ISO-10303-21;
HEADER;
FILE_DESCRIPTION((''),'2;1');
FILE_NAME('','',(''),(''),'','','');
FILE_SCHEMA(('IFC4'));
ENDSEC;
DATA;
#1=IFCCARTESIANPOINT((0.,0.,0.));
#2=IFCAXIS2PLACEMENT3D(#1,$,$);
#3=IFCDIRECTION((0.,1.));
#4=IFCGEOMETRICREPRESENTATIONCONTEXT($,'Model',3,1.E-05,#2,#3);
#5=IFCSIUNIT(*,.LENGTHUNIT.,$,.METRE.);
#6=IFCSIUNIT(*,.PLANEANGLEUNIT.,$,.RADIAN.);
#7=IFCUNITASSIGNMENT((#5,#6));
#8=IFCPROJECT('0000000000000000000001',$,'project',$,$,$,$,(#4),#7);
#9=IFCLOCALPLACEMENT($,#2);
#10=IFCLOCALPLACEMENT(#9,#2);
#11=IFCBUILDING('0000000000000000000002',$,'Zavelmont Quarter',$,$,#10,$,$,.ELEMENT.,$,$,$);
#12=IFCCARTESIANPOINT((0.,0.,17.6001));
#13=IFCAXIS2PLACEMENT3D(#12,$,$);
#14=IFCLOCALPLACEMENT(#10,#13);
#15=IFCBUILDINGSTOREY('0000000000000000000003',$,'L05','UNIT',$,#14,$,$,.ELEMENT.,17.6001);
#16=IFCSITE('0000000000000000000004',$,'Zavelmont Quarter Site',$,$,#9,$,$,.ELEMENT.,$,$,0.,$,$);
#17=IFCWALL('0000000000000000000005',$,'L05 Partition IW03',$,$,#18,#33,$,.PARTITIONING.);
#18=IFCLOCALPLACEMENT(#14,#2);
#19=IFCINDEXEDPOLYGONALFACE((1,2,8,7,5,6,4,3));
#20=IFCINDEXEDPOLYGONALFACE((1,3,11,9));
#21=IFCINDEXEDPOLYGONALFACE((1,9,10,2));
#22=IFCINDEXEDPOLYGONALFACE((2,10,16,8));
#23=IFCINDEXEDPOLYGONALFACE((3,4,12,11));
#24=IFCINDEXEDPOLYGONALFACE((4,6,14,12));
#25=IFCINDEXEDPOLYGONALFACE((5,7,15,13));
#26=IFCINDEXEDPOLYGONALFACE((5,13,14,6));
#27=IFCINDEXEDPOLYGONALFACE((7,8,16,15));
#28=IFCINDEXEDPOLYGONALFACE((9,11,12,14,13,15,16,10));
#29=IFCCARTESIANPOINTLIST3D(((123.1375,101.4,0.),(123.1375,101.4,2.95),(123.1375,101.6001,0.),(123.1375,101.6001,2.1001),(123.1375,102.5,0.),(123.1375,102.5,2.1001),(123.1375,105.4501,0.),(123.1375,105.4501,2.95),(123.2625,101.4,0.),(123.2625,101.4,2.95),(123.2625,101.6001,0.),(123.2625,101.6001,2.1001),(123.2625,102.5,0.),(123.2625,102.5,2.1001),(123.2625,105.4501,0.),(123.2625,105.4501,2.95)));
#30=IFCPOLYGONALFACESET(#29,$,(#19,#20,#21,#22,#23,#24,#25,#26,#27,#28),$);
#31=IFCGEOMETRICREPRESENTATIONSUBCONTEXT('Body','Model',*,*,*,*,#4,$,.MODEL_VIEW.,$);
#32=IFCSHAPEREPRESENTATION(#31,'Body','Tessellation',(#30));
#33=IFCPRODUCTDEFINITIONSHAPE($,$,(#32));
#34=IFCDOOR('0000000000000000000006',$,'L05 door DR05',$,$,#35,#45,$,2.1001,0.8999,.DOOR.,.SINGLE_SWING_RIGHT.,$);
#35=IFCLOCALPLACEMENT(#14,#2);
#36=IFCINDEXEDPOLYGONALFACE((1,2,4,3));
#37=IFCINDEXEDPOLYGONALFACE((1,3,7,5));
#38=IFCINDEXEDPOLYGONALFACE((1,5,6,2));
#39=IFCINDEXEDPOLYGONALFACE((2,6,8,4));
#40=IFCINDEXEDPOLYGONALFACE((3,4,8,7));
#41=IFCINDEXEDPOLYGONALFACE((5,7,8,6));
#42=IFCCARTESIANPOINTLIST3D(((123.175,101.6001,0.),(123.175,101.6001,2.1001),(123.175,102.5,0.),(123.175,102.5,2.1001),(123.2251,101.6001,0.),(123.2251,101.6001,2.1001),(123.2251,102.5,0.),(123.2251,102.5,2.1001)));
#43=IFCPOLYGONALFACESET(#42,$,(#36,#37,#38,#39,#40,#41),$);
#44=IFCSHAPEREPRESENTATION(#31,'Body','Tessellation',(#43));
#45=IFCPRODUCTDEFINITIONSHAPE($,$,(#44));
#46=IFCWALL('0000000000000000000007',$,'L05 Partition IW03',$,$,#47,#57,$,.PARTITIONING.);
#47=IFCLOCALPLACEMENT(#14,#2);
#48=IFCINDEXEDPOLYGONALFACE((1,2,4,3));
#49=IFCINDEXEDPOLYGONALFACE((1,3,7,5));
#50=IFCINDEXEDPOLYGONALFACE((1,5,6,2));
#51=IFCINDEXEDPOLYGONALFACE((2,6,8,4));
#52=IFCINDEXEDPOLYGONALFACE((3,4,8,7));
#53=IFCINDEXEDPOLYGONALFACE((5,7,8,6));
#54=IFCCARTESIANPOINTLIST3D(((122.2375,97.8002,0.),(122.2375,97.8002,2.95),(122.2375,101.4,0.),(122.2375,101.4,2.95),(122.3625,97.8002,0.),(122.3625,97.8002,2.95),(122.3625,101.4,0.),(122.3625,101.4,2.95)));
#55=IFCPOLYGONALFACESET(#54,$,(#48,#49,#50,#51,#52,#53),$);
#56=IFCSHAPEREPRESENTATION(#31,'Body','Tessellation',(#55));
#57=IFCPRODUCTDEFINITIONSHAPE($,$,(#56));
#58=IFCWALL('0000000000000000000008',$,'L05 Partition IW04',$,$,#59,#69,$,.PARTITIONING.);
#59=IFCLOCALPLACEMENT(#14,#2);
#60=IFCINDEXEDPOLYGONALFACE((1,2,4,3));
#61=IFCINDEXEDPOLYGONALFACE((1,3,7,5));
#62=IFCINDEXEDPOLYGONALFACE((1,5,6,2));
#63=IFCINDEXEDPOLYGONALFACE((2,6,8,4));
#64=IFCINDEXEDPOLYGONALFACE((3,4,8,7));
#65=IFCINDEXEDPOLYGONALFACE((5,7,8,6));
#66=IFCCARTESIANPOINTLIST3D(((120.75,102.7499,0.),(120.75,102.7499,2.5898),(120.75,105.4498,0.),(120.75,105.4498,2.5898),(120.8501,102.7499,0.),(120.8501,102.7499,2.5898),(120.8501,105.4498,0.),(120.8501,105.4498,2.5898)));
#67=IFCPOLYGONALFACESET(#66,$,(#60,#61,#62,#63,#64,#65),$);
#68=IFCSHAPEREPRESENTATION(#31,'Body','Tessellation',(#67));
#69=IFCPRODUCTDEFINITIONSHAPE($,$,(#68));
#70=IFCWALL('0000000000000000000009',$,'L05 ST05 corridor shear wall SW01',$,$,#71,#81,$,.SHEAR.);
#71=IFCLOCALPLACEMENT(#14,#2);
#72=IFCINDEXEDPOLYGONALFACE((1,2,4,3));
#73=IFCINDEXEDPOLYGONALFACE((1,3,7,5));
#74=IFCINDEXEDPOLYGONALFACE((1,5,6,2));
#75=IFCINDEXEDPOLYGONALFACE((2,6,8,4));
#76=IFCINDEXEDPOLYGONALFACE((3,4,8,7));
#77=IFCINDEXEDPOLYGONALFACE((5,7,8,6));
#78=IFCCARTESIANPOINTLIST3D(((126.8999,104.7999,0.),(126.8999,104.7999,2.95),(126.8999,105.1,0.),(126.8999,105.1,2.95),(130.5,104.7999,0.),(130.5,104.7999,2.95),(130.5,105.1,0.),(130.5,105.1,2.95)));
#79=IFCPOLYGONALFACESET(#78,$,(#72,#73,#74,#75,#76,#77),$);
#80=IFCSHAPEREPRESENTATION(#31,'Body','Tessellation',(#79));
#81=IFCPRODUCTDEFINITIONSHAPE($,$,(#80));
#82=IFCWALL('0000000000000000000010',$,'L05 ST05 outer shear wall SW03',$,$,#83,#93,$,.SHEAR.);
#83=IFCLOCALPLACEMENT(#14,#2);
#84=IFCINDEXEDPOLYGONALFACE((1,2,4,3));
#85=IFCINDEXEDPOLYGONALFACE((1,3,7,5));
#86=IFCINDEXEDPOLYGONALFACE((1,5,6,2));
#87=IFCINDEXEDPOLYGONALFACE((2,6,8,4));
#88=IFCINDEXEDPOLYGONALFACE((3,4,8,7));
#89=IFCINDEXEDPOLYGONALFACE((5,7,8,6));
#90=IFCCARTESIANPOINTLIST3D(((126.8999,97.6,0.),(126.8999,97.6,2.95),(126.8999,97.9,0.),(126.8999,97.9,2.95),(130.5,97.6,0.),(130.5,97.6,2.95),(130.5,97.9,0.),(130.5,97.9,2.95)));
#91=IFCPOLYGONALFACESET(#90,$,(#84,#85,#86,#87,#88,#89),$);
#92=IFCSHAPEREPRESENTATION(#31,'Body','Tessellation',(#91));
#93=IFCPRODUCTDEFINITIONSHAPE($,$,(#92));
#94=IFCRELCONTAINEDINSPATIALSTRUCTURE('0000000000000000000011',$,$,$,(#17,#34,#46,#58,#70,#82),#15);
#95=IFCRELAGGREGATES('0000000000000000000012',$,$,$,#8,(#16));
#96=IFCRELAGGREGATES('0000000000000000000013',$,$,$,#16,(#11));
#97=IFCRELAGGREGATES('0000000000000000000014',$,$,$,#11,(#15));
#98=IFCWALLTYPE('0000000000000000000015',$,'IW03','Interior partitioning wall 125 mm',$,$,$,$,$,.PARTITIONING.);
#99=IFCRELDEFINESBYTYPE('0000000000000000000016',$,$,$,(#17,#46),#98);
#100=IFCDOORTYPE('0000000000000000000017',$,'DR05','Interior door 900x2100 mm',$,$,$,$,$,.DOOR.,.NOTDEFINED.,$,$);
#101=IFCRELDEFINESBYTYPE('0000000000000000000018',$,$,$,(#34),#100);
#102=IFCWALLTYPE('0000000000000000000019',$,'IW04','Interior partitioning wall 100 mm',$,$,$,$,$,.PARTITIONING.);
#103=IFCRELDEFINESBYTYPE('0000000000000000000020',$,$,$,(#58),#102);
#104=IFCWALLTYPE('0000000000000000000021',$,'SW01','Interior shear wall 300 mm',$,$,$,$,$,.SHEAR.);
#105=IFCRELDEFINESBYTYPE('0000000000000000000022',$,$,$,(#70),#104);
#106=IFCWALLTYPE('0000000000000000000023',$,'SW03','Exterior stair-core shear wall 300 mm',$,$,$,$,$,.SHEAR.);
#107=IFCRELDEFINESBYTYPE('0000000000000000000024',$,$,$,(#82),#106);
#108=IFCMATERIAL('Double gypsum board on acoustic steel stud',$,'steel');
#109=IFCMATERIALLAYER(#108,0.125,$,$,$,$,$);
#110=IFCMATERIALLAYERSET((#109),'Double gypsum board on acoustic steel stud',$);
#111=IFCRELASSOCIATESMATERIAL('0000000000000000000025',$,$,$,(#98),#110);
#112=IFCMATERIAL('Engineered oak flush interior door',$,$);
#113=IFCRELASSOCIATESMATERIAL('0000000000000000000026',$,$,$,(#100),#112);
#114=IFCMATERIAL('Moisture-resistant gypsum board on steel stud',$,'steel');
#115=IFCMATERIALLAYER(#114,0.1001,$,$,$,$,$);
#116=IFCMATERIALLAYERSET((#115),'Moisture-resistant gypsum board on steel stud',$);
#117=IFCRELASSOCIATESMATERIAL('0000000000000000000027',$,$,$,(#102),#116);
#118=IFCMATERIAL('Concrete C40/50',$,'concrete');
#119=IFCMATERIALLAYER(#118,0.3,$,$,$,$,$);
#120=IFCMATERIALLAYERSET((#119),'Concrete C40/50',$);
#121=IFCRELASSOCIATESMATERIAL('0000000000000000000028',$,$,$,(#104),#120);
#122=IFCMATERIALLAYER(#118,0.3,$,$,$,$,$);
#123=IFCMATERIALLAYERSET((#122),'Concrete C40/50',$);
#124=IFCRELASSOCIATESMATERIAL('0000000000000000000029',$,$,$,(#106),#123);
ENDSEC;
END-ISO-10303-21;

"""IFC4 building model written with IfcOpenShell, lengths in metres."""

from ifc_helpers import new_model, si_unit, direction, frame, frame_2d, origin, place, context, subcontext, project, spatial, rectangle, extrude, material, layer, layer_set, type_object, element, fill, save


model = new_model("IFC4")

# Units and contexts
model_context = context("Model", 3, precision=1e-05, world=origin(), true_north=direction((0.0, 1.0)))
body_context = subcontext(model_context, "Body", "Model", "MODEL_VIEW")
ifc_project = project(units=[si_unit("LENGTHUNIT", "METRE"), si_unit("PLANEANGLEUNIT", "RADIAN")], contexts=[model_context])

# Site, building, storey
site_placement = place(None, origin())
site = spatial("IfcSite", under=ifc_project, at=site_placement, Name="Zavelmont Quarter Site", CompositionType="ELEMENT", RefElevation=0.0)
building_placement = place(site_placement, origin())
building = spatial("IfcBuilding", under=site, at=building_placement, Name="Zavelmont Quarter", CompositionType="ELEMENT")
storey_placement = place(building_placement, frame((0.0, 0.0, 17.6001)))
storey = spatial("IfcBuildingStorey", under=building, at=storey_placement, Name="L05", Description="UNIT", CompositionType="ELEMENT", Elevation=17.6001)

# Shared definitions
ifc_material_1 = material(Name="Concrete C40/50", Category="concrete")

# Wall, opening, door
ifc_material_2 = material(Name="Double gypsum board on acoustic steel stud", Category="steel")
ifc_layer_1 = layer(ifc_material_2, 0.125)
ifc_layer_set_1 = layer_set([ifc_layer_1], Name="Double gypsum board on acoustic steel stud")
wall_type_1 = type_object("IfcWallType", Name="IW03", Description="Interior partitioning wall 125 mm", PredefinedType="PARTITIONING", material=ifc_layer_set_1)
wall_1_placement = place(storey_placement, frame((123.2, 105.45, 0.0), z_axis=(0.0, 0.0, 1.0), x_axis=(0.0, -1.0, 0.0)))
wall_1 = element("IfcWall", 1, at=wall_1_placement, inside=storey, type_object=wall_type_1, Name="L05 Partition IW03", PredefinedType="PARTITIONING", context=body_context, shape_type="SweptSolid", body=[
    extrude(rectangle(XDim=4.05, YDim=0.125, at=frame_2d((2.0249, 0.0))), origin(), (0.0, 0.0, 1.0), 2.95),
])
opening_placement = place(wall_1_placement, frame((2.95, 0.0, 0.0)))
opening = element("IfcOpeningElement", 2, at=opening_placement, cuts=wall_1, PredefinedType="OPENING", context=body_context, shape_type="SweptSolid", body=[
    extrude(rectangle(XDim=0.8999, YDim=2.1001, at=frame_2d((0.45, 1.05))), frame((0.0, 0.0745, 0.0), z_axis=(0.0, -1.0, 0.0), x_axis=(1.0, 0.0, 0.0)), (0.0, 0.0, 1.0), 0.1489),
])
ifc_material_3 = material(Name="Engineered oak flush interior door")
door_type = type_object("IfcDoorType", Name="DR05", Description="Interior door 900x2100 mm", OperationType="NOTDEFINED", PredefinedType="DOOR", material=ifc_material_3)
door_placement = place(opening_placement, frame((0.8999, 0.0, 0.0), z_axis=(0.0, 0.0, 1.0), x_axis=(-1.0, 0.0, 0.0)))
door = element("IfcDoor", 3, at=door_placement, inside=storey, type_object=door_type, Name="L05 door DR05", OperationType="SINGLE_SWING_RIGHT", OverallHeight=2.1001, OverallWidth=0.8999, PredefinedType="DOOR", context=body_context, shape_type="SweptSolid", body=[
    extrude(rectangle(XDim=0.8999, YDim=2.1001, at=frame_2d((0.45, 1.05))), frame((0.0, 0.0249, 0.0), z_axis=(0.0, -1.0, 0.0), x_axis=(1.0, 0.0, 0.0)), (0.0, 0.0, 1.0), 0.05),
])
fill(opening, door)

# Walls
wall_2_placement = place(storey_placement, frame((122.3, 101.3999, 0.0), z_axis=(0.0, 0.0, 1.0), x_axis=(0.0, -1.0, 0.0)))
element("IfcWall", 4, at=wall_2_placement, inside=storey, type_object=wall_type_1, Name="L05 Partition IW03", PredefinedType="PARTITIONING", context=body_context, shape_type="SweptSolid", body=[
    extrude(rectangle(XDim=3.5999, YDim=0.125, at=frame_2d((1.7998, 0.0))), origin(), (0.0, 0.0, 1.0), 2.95),
])
ifc_material_4 = material(Name="Moisture-resistant gypsum board on steel stud", Category="steel")
ifc_layer_2 = layer(ifc_material_4, 0.1001)
ifc_layer_set_2 = layer_set([ifc_layer_2], Name="Moisture-resistant gypsum board on steel stud")
wall_type_2 = type_object("IfcWallType", Name="IW04", Description="Interior partitioning wall 100 mm", PredefinedType="PARTITIONING", material=ifc_layer_set_2)
wall_3_placement = place(storey_placement, frame((120.8, 105.45, 0.0), z_axis=(0.0, 0.0, 1.0), x_axis=(0.0, -1.0, 0.0)))
element("IfcWall", 5, at=wall_3_placement, inside=storey, type_object=wall_type_2, Name="L05 Partition IW04", PredefinedType="PARTITIONING", context=body_context, shape_type="SweptSolid", body=[
    extrude(rectangle(XDim=2.7, YDim=0.1001, at=frame_2d((1.3501, 0.0))), origin(), (0.0, 0.0, 1.0), 2.5898),
])
ifc_layer_3 = layer(ifc_material_1, 0.3)
ifc_layer_set_3 = layer_set([ifc_layer_3], Name="Concrete C40/50")
wall_type_3 = type_object("IfcWallType", Name="SW01", Description="Interior shear wall 300 mm", PredefinedType="SHEAR", material=ifc_layer_set_3)
wall_4_placement = place(storey_placement, frame((126.8999, 104.95, 0.0), z_axis=(0.0, 0.0, 1.0), x_axis=(1.0, 0.0, 0.0)))
element("IfcWall", 6, at=wall_4_placement, inside=storey, type_object=wall_type_3, Name="L05 ST05 corridor shear wall SW01", PredefinedType="SHEAR", context=body_context, shape_type="SweptSolid", body=[
    extrude(rectangle(XDim=3.6001, YDim=0.3, at=frame_2d((1.8, 0.0))), origin(), (0.0, 0.0, 1.0), 2.95),
])
ifc_layer_4 = layer(ifc_material_1, 0.3)
ifc_layer_set_4 = layer_set([ifc_layer_4], Name="Concrete C40/50")
wall_type_4 = type_object("IfcWallType", Name="SW03", Description="Exterior stair-core shear wall 300 mm", PredefinedType="SHEAR", material=ifc_layer_set_4)
wall_5_placement = place(storey_placement, frame((126.8999, 97.75, 0.0), z_axis=(0.0, 0.0, 1.0), x_axis=(1.0, 0.0, 0.0)))
element("IfcWall", 7, at=wall_5_placement, inside=storey, type_object=wall_type_4, Name="L05 ST05 outer shear wall SW03", PredefinedType="SHEAR", context=body_context, shape_type="SweptSolid", body=[
    extrude(rectangle(XDim=3.6001, YDim=0.3, at=frame_2d((1.8, 0.0))), origin(), (0.0, 0.0, 1.0), 2.95),
])

save(model, "model.ifc")
